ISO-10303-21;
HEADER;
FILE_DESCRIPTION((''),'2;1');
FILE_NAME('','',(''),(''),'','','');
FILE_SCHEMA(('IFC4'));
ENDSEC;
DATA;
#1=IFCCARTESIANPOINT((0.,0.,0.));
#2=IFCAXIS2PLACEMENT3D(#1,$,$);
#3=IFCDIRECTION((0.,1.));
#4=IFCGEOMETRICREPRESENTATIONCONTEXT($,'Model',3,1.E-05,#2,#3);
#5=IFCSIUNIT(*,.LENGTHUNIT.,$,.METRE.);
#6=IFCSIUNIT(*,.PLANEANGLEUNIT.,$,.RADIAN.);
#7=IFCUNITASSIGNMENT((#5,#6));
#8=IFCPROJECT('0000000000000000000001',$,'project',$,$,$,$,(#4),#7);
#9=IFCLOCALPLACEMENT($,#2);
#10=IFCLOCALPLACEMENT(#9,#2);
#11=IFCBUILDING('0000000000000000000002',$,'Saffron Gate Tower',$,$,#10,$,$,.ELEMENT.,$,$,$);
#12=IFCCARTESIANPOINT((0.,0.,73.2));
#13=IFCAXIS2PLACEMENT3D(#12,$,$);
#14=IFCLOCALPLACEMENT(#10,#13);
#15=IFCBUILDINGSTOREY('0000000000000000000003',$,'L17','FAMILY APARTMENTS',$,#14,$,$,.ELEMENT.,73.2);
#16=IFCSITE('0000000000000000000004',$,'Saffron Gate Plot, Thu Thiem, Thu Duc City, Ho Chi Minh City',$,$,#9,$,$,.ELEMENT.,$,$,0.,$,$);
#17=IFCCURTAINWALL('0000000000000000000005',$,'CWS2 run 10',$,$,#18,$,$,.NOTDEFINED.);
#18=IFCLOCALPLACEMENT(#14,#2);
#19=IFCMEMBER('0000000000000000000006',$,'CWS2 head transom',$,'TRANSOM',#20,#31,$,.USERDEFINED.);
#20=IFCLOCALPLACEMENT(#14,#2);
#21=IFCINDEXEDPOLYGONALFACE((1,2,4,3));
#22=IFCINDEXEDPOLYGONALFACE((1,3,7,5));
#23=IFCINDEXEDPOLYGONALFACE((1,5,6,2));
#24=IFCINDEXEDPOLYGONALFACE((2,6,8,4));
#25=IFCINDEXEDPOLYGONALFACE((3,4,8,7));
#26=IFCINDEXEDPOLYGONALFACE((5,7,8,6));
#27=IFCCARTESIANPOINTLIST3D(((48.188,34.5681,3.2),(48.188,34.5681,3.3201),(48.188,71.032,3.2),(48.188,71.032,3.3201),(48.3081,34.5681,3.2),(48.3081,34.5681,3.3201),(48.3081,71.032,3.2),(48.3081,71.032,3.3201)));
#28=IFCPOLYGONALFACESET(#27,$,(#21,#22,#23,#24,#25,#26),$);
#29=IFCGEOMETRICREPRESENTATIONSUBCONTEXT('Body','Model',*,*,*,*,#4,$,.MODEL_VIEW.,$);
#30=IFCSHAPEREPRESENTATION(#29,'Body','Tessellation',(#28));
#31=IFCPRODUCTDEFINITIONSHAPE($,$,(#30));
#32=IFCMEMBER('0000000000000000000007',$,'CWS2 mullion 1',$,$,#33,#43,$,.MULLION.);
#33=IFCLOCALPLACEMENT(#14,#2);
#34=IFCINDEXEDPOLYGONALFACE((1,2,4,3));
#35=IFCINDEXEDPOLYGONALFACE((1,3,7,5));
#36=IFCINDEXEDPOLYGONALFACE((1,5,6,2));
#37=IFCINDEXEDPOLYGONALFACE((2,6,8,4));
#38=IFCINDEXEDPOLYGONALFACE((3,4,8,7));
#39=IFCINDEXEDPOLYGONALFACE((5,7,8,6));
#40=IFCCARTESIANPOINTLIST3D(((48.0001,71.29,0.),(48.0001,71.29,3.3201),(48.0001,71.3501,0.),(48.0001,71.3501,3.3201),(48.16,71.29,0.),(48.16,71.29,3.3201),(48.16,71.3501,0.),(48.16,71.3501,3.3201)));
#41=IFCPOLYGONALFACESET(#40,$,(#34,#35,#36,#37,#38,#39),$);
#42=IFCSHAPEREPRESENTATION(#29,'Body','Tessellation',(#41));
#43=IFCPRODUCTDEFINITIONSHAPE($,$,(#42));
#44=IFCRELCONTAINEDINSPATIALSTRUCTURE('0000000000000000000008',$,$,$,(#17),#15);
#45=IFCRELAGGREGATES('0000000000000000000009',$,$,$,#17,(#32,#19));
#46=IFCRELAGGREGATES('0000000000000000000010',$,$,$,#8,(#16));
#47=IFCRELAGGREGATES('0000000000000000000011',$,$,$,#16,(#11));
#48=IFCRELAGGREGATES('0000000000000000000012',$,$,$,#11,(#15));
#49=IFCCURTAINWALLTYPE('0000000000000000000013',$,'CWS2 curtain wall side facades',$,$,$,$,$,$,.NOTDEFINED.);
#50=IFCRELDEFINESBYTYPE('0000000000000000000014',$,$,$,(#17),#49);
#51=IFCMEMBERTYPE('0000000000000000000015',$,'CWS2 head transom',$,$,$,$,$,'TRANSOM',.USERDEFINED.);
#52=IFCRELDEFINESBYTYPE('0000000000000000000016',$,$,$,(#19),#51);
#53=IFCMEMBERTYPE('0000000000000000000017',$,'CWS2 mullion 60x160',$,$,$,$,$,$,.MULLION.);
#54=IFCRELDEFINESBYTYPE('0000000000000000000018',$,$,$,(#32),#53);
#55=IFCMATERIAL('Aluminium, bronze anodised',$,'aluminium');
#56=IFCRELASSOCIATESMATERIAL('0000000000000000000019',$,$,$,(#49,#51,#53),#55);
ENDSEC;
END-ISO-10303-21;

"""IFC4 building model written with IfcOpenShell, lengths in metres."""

from ifc_helpers import new_model, si_unit, direction, frame, origin, origin_2d, place, context, subcontext, project, spatial, rectangle, extrude, material, material_profile, profile_set, type_object, element, aggregate, save


model = new_model("IFC4")

# Units and contexts
model_context = context("Model", 3, precision=1e-05, world=origin(), true_north=direction((0.0, 1.0)))
body_context = subcontext(model_context, "Body", "Model", "MODEL_VIEW")
ifc_project = project(units=[si_unit("LENGTHUNIT", "METRE"), si_unit("PLANEANGLEUNIT", "RADIAN")], contexts=[model_context])

# Site, building, storey
site_placement = place(None, origin())
site = spatial("IfcSite", under=ifc_project, at=site_placement, Name="Saffron Gate Plot, Thu Thiem, Thu Duc City, Ho Chi Minh City", CompositionType="ELEMENT", RefElevation=0.0)
building_placement = place(site_placement, origin())
building = spatial("IfcBuilding", under=site, at=building_placement, Name="Saffron Gate Tower", CompositionType="ELEMENT")
storey_placement = place(building_placement, frame((0.0, 0.0, 73.2)))
storey = spatial("IfcBuildingStorey", under=building, at=storey_placement, Name="L17", Description="FAMILY APARTMENTS", CompositionType="ELEMENT", Elevation=73.2)

# Curtain wall, members
ifc_material_1 = material(Name="Aluminium, bronze anodised", Category="aluminium")
curtain_wall_type = type_object("IfcCurtainWallType", Name="CWS2 curtain wall side facades", PredefinedType="NOTDEFINED", material=ifc_material_1)
curtain_wall_placement = place(storey_placement, origin())
curtain_wall = element("IfcCurtainWall", 1, at=curtain_wall_placement, inside=storey, type_object=curtain_wall_type, Name="CWS2 run 10", PredefinedType="NOTDEFINED")
ifc_material_profile_1 = material_profile(ifc_material_1, rectangle(XDim=0.1201, YDim=0.1201, at=origin_2d()))
ifc_profile_set_1 = profile_set([ifc_material_profile_1], Name="Aluminium, bronze anodised")
member_type_1 = type_object("IfcMemberType", Name="CWS2 head transom", ElementType="TRANSOM", PredefinedType="USERDEFINED", material=ifc_profile_set_1)
member_1_placement = place(storey_placement, frame((48.248, 71.032, 3.26), z_axis=(0.0, -1.0, 0.0), x_axis=(1.0, 0.0, 0.0)))
member_1 = element("IfcMember", 2, at=member_1_placement, type_object=member_type_1, Name="CWS2 head transom", ObjectType="TRANSOM", PredefinedType="USERDEFINED", context=body_context, shape_type="SweptSolid", body=[
    extrude(rectangle(XDim=0.1201, YDim=0.1201, at=origin_2d()), origin(), (0.0, 0.0, 1.0), 36.4639),
])
ifc_material_profile_2 = material_profile(ifc_material_1, rectangle(XDim=0.1599, YDim=0.0601, at=origin_2d()))
ifc_profile_set_2 = profile_set([ifc_material_profile_2], Name="Aluminium, bronze anodised")
member_type_2 = type_object("IfcMemberType", Name="CWS2 mullion 60x160", PredefinedType="MULLION", material=ifc_profile_set_2)
member_2_placement = place(storey_placement, frame((48.0801, 71.3201, 0.0), z_axis=(0.0, 0.0, 1.0), x_axis=(1.0, 0.0, 0.0)))
member_2 = element("IfcMember", 3, at=member_2_placement, type_object=member_type_2, Name="CWS2 mullion 1", PredefinedType="MULLION", context=body_context, shape_type="SweptSolid", body=[
    extrude(rectangle(XDim=0.1599, YDim=0.0601, at=origin_2d()), origin(), (0.0, 0.0, 1.0), 3.3201),
])
aggregate(curtain_wall, [member_2, member_1])

save(model, "model.ifc")
